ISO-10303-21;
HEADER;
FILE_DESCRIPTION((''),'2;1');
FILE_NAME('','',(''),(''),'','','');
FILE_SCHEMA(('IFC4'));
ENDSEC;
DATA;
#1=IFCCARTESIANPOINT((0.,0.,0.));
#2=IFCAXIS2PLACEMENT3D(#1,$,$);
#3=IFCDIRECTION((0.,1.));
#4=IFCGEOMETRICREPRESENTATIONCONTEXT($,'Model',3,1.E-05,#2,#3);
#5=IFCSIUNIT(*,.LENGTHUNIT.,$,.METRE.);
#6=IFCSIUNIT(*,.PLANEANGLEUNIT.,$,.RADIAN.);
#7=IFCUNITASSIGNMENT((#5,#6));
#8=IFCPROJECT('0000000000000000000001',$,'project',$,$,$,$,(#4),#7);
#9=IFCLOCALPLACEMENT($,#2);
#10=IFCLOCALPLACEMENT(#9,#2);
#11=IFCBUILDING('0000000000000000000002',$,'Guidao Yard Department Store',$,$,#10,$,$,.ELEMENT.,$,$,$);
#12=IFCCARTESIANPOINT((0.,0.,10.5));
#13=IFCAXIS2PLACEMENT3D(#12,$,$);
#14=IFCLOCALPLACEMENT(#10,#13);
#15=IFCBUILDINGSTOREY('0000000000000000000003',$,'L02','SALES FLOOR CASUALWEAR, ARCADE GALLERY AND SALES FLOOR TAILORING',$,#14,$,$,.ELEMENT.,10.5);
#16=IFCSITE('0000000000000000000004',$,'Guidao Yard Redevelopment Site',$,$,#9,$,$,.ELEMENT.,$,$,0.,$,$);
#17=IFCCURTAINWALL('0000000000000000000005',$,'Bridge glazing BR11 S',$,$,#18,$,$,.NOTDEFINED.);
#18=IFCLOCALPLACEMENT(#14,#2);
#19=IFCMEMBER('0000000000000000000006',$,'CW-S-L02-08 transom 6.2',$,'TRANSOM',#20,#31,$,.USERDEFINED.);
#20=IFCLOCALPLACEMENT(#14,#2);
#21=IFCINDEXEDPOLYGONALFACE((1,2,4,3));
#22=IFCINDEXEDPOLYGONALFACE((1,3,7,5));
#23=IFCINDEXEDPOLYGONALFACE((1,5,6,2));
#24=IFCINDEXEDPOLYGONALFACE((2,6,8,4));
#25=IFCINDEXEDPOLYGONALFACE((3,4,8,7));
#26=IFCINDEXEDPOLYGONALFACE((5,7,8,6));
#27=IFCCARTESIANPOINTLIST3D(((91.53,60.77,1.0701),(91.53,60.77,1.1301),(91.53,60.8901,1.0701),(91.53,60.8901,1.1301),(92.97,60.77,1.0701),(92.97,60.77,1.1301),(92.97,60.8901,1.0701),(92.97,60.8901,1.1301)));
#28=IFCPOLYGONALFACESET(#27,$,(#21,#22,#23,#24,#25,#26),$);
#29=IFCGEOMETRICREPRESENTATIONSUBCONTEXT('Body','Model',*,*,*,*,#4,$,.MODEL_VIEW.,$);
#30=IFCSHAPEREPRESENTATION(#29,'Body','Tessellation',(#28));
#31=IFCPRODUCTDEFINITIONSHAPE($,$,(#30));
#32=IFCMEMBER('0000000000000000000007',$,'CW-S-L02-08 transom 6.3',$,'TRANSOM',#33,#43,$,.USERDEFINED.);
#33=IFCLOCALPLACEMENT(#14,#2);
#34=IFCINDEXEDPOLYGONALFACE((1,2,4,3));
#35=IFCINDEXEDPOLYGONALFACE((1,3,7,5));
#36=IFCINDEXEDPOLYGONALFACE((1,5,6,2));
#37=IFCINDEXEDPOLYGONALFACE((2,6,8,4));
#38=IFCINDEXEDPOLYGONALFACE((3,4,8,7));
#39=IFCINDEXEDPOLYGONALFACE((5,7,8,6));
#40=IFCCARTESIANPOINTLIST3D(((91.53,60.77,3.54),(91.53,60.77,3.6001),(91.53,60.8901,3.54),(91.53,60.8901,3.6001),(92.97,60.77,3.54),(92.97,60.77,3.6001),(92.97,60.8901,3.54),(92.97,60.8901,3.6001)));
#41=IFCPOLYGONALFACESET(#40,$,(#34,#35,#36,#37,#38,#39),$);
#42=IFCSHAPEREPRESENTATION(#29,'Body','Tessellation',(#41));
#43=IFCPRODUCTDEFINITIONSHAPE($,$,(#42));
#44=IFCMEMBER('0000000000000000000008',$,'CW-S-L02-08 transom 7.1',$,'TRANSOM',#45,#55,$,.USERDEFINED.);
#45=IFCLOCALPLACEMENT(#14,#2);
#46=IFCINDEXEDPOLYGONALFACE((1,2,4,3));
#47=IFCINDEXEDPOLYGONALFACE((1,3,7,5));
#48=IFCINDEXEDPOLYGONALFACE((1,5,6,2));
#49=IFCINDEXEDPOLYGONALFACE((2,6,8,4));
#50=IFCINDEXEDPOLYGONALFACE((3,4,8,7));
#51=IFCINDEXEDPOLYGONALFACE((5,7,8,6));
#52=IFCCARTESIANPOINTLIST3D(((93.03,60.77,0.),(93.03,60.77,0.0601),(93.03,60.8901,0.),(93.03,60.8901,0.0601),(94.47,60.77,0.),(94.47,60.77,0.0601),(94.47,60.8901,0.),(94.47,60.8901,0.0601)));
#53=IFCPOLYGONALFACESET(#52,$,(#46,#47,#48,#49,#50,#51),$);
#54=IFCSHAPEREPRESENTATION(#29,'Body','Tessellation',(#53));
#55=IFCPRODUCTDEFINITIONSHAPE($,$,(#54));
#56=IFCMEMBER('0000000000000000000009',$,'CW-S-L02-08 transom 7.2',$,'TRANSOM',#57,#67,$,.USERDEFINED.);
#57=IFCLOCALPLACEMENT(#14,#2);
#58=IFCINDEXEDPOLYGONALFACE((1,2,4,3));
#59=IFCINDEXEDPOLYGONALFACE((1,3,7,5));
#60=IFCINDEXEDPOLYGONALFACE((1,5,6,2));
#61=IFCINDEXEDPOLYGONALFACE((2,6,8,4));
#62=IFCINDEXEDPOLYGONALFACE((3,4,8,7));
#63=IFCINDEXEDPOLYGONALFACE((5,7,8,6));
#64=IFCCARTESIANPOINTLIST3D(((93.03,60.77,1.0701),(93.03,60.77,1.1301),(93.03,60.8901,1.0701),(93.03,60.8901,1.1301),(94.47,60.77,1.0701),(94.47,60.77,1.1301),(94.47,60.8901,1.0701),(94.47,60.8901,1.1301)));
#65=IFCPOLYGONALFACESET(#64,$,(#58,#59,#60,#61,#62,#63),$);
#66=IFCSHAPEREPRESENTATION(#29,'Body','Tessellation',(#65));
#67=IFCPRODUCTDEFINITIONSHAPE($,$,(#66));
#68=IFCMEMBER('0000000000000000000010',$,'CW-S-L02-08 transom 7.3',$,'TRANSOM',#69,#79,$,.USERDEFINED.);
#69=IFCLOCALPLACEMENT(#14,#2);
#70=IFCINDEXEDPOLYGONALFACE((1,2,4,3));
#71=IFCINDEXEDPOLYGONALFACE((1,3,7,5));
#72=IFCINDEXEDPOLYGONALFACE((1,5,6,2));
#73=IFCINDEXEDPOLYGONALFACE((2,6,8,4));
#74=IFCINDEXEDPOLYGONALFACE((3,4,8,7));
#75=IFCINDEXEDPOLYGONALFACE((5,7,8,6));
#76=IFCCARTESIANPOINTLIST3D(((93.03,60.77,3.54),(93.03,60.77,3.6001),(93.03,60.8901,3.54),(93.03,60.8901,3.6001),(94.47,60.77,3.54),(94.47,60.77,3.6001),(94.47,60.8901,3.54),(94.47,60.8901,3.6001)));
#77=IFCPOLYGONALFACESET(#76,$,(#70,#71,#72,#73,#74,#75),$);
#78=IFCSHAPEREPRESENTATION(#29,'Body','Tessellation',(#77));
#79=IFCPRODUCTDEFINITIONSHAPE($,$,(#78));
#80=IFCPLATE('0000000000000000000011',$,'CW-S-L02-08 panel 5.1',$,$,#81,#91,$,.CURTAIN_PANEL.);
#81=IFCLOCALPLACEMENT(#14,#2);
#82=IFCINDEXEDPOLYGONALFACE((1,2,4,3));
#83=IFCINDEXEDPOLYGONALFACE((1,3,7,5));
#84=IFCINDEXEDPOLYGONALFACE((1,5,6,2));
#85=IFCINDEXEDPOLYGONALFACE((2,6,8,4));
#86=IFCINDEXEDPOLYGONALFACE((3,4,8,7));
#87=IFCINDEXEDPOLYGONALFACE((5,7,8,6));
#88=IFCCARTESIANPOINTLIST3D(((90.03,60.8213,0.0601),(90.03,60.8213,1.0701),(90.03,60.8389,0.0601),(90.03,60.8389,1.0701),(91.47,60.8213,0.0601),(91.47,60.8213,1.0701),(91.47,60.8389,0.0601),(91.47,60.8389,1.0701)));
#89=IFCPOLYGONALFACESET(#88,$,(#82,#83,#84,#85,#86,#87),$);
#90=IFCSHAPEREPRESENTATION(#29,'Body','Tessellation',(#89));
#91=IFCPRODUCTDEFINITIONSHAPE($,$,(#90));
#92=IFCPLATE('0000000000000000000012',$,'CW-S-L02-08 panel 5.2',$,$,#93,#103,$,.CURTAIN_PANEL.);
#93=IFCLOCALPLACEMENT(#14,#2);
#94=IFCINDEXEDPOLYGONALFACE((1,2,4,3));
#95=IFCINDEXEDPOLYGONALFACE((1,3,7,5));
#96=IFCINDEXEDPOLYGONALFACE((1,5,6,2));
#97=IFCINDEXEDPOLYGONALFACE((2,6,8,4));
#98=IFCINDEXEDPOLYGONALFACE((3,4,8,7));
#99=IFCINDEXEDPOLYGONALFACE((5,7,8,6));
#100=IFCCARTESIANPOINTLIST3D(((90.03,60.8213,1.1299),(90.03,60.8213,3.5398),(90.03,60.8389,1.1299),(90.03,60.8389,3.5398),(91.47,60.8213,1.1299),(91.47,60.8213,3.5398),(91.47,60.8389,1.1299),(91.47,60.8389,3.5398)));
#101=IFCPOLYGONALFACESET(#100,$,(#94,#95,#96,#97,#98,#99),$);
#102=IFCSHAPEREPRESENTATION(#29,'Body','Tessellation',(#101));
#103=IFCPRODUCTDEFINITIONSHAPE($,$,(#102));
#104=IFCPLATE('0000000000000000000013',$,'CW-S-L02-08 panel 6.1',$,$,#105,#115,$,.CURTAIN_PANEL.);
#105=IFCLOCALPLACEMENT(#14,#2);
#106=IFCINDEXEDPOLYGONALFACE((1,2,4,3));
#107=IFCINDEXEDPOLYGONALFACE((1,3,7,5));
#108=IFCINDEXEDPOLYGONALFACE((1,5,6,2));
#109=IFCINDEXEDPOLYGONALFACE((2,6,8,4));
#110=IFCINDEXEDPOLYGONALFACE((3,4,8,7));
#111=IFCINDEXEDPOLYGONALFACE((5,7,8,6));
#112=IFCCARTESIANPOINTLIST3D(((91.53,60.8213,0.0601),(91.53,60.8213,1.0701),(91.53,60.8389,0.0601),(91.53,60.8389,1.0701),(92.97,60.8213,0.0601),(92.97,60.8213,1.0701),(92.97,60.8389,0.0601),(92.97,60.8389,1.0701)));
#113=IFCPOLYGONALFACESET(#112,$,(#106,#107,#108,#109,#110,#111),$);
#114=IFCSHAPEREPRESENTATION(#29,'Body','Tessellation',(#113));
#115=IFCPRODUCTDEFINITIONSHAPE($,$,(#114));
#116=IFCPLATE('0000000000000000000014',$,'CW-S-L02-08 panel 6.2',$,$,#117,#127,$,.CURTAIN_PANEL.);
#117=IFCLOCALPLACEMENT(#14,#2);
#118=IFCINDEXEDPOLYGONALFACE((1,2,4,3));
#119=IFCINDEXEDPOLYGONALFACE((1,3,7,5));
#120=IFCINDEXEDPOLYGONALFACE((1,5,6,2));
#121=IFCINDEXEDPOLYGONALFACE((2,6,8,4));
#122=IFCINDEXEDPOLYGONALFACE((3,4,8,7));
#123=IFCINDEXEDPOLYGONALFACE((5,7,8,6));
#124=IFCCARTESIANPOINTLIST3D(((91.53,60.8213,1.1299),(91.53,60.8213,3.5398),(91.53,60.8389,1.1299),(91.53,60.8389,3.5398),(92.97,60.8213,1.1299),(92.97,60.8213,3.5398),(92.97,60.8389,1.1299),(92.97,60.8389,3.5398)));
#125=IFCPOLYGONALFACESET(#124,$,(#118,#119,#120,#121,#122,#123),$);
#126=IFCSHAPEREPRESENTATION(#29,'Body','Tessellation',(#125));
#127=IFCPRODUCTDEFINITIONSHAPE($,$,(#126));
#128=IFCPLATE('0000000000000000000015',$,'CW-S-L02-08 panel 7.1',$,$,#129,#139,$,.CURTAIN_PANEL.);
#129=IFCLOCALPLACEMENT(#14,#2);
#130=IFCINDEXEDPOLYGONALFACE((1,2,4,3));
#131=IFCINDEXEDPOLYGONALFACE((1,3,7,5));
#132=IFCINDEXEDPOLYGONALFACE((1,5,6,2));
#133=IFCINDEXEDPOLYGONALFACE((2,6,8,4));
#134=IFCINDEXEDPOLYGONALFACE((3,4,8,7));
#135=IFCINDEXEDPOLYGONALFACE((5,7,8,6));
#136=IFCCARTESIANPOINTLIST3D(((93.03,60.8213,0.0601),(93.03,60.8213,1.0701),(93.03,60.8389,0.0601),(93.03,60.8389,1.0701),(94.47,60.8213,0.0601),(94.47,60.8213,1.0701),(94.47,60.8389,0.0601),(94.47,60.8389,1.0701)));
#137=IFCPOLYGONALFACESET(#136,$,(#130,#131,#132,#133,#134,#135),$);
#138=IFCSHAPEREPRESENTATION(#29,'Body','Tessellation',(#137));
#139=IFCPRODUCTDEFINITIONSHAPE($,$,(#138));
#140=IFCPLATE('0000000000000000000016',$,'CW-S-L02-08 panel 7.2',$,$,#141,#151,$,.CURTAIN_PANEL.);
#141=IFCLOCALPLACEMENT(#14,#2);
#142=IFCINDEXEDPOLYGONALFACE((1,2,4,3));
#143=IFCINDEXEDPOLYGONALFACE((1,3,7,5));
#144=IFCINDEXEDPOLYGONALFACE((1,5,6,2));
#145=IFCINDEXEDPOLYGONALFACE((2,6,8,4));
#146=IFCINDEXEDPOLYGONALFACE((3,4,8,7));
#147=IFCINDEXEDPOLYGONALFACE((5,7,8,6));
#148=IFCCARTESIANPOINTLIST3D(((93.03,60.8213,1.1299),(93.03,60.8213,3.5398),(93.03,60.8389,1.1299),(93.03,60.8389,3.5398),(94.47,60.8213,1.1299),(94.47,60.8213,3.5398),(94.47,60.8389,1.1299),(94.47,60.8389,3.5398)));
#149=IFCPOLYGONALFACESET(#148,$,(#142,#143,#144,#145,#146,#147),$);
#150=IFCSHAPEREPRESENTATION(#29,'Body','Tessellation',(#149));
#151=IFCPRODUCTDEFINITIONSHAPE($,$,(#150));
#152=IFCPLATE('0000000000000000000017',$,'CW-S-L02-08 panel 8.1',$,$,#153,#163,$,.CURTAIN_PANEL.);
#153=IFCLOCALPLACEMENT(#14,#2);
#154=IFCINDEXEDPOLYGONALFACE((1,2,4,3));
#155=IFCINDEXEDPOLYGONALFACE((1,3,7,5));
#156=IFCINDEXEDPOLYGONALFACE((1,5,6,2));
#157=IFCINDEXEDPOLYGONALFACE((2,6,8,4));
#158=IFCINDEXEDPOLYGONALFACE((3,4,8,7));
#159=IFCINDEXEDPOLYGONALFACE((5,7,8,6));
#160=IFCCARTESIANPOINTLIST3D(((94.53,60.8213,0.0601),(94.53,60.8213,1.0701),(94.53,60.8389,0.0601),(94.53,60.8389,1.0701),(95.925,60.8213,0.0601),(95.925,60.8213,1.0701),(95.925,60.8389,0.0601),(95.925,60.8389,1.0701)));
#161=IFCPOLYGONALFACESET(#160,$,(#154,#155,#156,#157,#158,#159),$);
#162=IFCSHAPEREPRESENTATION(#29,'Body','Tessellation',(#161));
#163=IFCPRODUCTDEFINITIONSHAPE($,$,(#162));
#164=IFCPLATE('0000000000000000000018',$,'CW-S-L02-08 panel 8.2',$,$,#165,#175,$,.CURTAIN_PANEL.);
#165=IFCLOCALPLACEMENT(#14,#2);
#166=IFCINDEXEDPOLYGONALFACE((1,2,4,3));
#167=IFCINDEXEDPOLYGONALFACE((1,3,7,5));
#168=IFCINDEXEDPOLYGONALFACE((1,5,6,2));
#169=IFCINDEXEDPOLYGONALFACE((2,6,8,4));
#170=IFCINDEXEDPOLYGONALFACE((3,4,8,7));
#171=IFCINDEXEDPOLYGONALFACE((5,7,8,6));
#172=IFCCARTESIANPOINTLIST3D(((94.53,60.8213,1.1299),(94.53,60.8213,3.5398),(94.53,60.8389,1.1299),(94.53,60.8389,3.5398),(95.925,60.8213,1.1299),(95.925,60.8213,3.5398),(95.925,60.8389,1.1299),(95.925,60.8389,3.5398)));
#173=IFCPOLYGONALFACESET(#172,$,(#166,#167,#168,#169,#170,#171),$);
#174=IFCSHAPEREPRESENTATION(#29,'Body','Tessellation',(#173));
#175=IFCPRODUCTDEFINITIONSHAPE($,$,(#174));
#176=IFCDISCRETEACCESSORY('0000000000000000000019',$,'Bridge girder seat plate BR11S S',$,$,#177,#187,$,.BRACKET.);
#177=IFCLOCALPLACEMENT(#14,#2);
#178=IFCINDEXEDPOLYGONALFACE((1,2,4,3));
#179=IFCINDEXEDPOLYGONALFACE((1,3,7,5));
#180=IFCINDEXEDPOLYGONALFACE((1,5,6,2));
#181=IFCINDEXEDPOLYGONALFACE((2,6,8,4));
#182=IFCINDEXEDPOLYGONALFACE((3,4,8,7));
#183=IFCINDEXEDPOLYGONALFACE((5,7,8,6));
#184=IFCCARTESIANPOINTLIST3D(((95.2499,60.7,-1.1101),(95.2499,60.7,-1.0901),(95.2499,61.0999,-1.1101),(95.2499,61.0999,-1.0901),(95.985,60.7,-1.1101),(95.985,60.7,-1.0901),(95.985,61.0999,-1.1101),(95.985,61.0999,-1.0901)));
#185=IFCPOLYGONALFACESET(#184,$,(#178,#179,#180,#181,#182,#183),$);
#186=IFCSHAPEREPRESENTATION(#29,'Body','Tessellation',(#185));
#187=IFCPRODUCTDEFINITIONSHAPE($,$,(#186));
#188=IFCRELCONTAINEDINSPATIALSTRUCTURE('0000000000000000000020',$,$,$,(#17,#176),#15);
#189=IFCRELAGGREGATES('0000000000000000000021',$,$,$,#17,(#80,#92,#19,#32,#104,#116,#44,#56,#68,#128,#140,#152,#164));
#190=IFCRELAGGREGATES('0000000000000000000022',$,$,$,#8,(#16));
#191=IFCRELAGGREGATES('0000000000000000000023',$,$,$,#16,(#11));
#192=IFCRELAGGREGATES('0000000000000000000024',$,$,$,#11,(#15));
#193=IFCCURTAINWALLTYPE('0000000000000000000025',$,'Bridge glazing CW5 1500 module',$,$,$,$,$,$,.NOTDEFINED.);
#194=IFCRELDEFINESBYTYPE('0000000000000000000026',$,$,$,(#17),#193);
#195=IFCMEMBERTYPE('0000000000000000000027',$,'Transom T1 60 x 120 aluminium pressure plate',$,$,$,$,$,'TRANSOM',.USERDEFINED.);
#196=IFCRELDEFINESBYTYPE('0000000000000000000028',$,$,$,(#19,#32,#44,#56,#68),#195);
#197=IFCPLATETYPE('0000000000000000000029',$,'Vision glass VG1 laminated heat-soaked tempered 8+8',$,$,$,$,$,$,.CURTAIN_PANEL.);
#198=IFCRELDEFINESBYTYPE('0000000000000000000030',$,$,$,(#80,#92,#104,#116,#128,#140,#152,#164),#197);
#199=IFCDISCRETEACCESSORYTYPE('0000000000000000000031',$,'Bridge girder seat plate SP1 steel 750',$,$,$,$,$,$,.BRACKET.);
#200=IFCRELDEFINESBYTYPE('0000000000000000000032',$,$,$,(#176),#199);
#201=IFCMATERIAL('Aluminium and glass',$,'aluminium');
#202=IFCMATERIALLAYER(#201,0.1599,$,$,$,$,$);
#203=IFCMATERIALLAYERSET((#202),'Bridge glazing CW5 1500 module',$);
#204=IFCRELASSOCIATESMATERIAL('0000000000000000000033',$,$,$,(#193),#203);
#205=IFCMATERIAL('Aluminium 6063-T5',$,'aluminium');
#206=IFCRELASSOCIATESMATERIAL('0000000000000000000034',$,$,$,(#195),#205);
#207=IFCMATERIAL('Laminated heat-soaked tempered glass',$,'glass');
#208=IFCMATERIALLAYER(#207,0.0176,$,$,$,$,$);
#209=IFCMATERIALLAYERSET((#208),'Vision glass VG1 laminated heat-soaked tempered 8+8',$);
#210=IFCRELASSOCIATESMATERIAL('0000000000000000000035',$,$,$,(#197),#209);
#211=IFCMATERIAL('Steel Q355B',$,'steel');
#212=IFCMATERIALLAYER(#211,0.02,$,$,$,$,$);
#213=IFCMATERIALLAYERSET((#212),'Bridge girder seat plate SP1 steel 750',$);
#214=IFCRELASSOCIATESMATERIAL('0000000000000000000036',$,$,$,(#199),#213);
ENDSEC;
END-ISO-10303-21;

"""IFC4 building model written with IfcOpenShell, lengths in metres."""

from ifc_helpers import new_model, si_unit, direction, frame, origin, origin_2d, place, context, subcontext, project, spatial, rectangle, extrude, material, layer, layer_set, material_profile, profile_set, type_object, element, aggregate, save


model = new_model("IFC4")

# Units and contexts
model_context = context("Model", 3, precision=1e-05, world=origin(), true_north=direction((0.0, 1.0)))
body_context = subcontext(model_context, "Body", "Model", "MODEL_VIEW")
ifc_project = project(units=[si_unit("LENGTHUNIT", "METRE"), si_unit("PLANEANGLEUNIT", "RADIAN")], contexts=[model_context])

# Site, building, storey
site_placement = place(None, origin())
site = spatial("IfcSite", under=ifc_project, at=site_placement, Name="Guidao Yard Redevelopment Site", CompositionType="ELEMENT", RefElevation=0.0)
building_placement = place(site_placement, origin())
building = spatial("IfcBuilding", under=site, at=building_placement, Name="Guidao Yard Department Store", CompositionType="ELEMENT")
storey_placement = place(building_placement, frame((0.0, 0.0, 10.5)))
storey = spatial("IfcBuildingStorey", under=building, at=storey_placement, Name="L02", Description="SALES FLOOR CASUALWEAR, ARCADE GALLERY AND SALES FLOOR TAILORING", CompositionType="ELEMENT", Elevation=10.5)

# Curtain wall
ifc_material_1 = material(Name="Aluminium and glass", Category="aluminium")
ifc_layer_1 = layer(ifc_material_1, 0.1599)
ifc_layer_set_1 = layer_set([ifc_layer_1], Name="Bridge glazing CW5 1500 module")
curtain_wall_type = type_object("IfcCurtainWallType", Name="Bridge glazing CW5 1500 module", PredefinedType="NOTDEFINED", material=ifc_layer_set_1)
curtain_wall_1_placement = place(storey_placement, origin())
curtain_wall_1 = element("IfcCurtainWall", 1, at=curtain_wall_1_placement, inside=storey, type_object=curtain_wall_type, Name="Bridge glazing BR11 S", PredefinedType="NOTDEFINED")

# Members
ifc_material_2 = material(Name="Aluminium 6063-T5", Category="aluminium")
ifc_material_profile_1 = material_profile(ifc_material_2, rectangle(XDim=0.1201, YDim=0.0601, at=origin_2d()), Name="Transom T1 60 x 120 aluminium pressure plate")
ifc_profile_set_1 = profile_set([ifc_material_profile_1], Name="Aluminium 6063-T5")
member_type_1 = type_object("IfcMemberType", Name="Transom T1 60 x 120 aluminium pressure plate", ElementType="TRANSOM", PredefinedType="USERDEFINED", material=ifc_profile_set_1)
member_1_placement = place(storey_placement, frame((92.97, 60.8301, 1.1001), z_axis=(-1.0, 0.0, 0.0), x_axis=(0.0, -1.0, 0.0)))
member_1 = element("IfcMember", 2, at=member_1_placement, type_object=member_type_1, Name="CW-S-L02-08 transom 6.2", ObjectType="TRANSOM", PredefinedType="USERDEFINED", context=body_context, shape_type="SweptSolid", body=[
    extrude(rectangle(XDim=0.1201, YDim=0.0601, at=origin_2d()), origin(), (0.0, 0.0, 1.0), 1.4399),
])
member_2_placement = place(storey_placement, frame((92.97, 60.8301, 3.5701), z_axis=(-1.0, 0.0, 0.0), x_axis=(0.0, -1.0, 0.0)))
member_2 = element("IfcMember", 3, at=member_2_placement, type_object=member_type_1, Name="CW-S-L02-08 transom 6.3", ObjectType="TRANSOM", PredefinedType="USERDEFINED", context=body_context, shape_type="SweptSolid", body=[
    extrude(rectangle(XDim=0.1201, YDim=0.0601, at=origin_2d()), origin(), (0.0, 0.0, 1.0), 1.4399),
])
member_3_placement = place(storey_placement, frame((94.47, 60.8301, 0.03), z_axis=(-1.0, 0.0, 0.0), x_axis=(0.0, -1.0, 0.0)))
member_3 = element("IfcMember", 4, at=member_3_placement, type_object=member_type_1, Name="CW-S-L02-08 transom 7.1", ObjectType="TRANSOM", PredefinedType="USERDEFINED", context=body_context, shape_type="SweptSolid", body=[
    extrude(rectangle(XDim=0.1201, YDim=0.0601, at=origin_2d()), origin(), (0.0, 0.0, 1.0), 1.4399),
])
member_4_placement = place(storey_placement, frame((94.47, 60.8301, 1.1001), z_axis=(-1.0, 0.0, 0.0), x_axis=(0.0, -1.0, 0.0)))
member_4 = element("IfcMember", 5, at=member_4_placement, type_object=member_type_1, Name="CW-S-L02-08 transom 7.2", ObjectType="TRANSOM", PredefinedType="USERDEFINED", context=body_context, shape_type="SweptSolid", body=[
    extrude(rectangle(XDim=0.1201, YDim=0.0601, at=origin_2d()), origin(), (0.0, 0.0, 1.0), 1.4399),
])
member_5_placement = place(storey_placement, frame((94.47, 60.8301, 3.5701), z_axis=(-1.0, 0.0, 0.0), x_axis=(0.0, -1.0, 0.0)))
member_5 = element("IfcMember", 6, at=member_5_placement, type_object=member_type_1, Name="CW-S-L02-08 transom 7.3", ObjectType="TRANSOM", PredefinedType="USERDEFINED", context=body_context, shape_type="SweptSolid", body=[
    extrude(rectangle(XDim=0.1201, YDim=0.0601, at=origin_2d()), origin(), (0.0, 0.0, 1.0), 1.4399),
])

# Plates
ifc_material_3 = material(Name="Laminated heat-soaked tempered glass", Category="glass")
ifc_layer_2 = layer(ifc_material_3, 0.0176)
ifc_layer_set_2 = layer_set([ifc_layer_2], Name="Vision glass VG1 laminated heat-soaked tempered 8+8")
plate_type = type_object("IfcPlateType", Name="Vision glass VG1 laminated heat-soaked tempered 8+8", PredefinedType="CURTAIN_PANEL", material=ifc_layer_set_2)
plate_1_placement = place(storey_placement, frame((90.75, 60.8301, 0.0601), z_axis=(0.0, 0.0, 1.0), x_axis=(-1.0, 0.0, 0.0)))
plate_1 = element("IfcPlate", 7, at=plate_1_placement, type_object=plate_type, Name="CW-S-L02-08 panel 5.1", PredefinedType="CURTAIN_PANEL", context=body_context, shape_type="SweptSolid", body=[
    extrude(rectangle(XDim=1.4399, YDim=0.0176, at=origin_2d()), origin(), (0.0, 0.0, 1.0), 1.01),
])
plate_2_placement = place(storey_placement, frame((90.75, 60.8301, 1.1299), z_axis=(0.0, 0.0, 1.0), x_axis=(-1.0, 0.0, 0.0)))
plate_2 = element("IfcPlate", 8, at=plate_2_placement, type_object=plate_type, Name="CW-S-L02-08 panel 5.2", PredefinedType="CURTAIN_PANEL", context=body_context, shape_type="SweptSolid", body=[
    extrude(rectangle(XDim=1.4399, YDim=0.0176, at=origin_2d()), origin(), (0.0, 0.0, 1.0), 2.4099),
])
plate_3_placement = place(storey_placement, frame((92.25, 60.8301, 0.0601), z_axis=(0.0, 0.0, 1.0), x_axis=(-1.0, 0.0, 0.0)))
plate_3 = element("IfcPlate", 9, at=plate_3_placement, type_object=plate_type, Name="CW-S-L02-08 panel 6.1", PredefinedType="CURTAIN_PANEL", context=body_context, shape_type="SweptSolid", body=[
    extrude(rectangle(XDim=1.4399, YDim=0.0176, at=origin_2d()), origin(), (0.0, 0.0, 1.0), 1.01),
])
plate_4_placement = place(storey_placement, frame((92.25, 60.8301, 1.1299), z_axis=(0.0, 0.0, 1.0), x_axis=(-1.0, 0.0, 0.0)))
plate_4 = element("IfcPlate", 10, at=plate_4_placement, type_object=plate_type, Name="CW-S-L02-08 panel 6.2", PredefinedType="CURTAIN_PANEL", context=body_context, shape_type="SweptSolid", body=[
    extrude(rectangle(XDim=1.4399, YDim=0.0176, at=origin_2d()), origin(), (0.0, 0.0, 1.0), 2.4099),
])
plate_5_placement = place(storey_placement, frame((93.75, 60.8301, 0.0601), z_axis=(0.0, 0.0, 1.0), x_axis=(-1.0, 0.0, 0.0)))
plate_5 = element("IfcPlate", 11, at=plate_5_placement, type_object=plate_type, Name="CW-S-L02-08 panel 7.1", PredefinedType="CURTAIN_PANEL", context=body_context, shape_type="SweptSolid", body=[
    extrude(rectangle(XDim=1.4399, YDim=0.0176, at=origin_2d()), origin(), (0.0, 0.0, 1.0), 1.01),
])
plate_6_placement = place(storey_placement, frame((93.75, 60.8301, 1.1299), z_axis=(0.0, 0.0, 1.0), x_axis=(-1.0, 0.0, 0.0)))
plate_6 = element("IfcPlate", 12, at=plate_6_placement, type_object=plate_type, Name="CW-S-L02-08 panel 7.2", PredefinedType="CURTAIN_PANEL", context=body_context, shape_type="SweptSolid", body=[
    extrude(rectangle(XDim=1.4399, YDim=0.0176, at=origin_2d()), origin(), (0.0, 0.0, 1.0), 2.4099),
])
plate_7_placement = place(storey_placement, frame((95.2275, 60.8301, 0.0601), z_axis=(0.0, 0.0, 1.0), x_axis=(-1.0, 0.0, 0.0)))
plate_7 = element("IfcPlate", 13, at=plate_7_placement, type_object=plate_type, Name="CW-S-L02-08 panel 8.1", PredefinedType="CURTAIN_PANEL", context=body_context, shape_type="SweptSolid", body=[
    extrude(rectangle(XDim=1.395, YDim=0.0176, at=origin_2d()), origin(), (0.0, 0.0, 1.0), 1.01),
])
plate_8_placement = place(storey_placement, frame((95.2275, 60.8301, 1.1299), z_axis=(0.0, 0.0, 1.0), x_axis=(-1.0, 0.0, 0.0)))
plate_8 = element("IfcPlate", 14, at=plate_8_placement, type_object=plate_type, Name="CW-S-L02-08 panel 8.2", PredefinedType="CURTAIN_PANEL", context=body_context, shape_type="SweptSolid", body=[
    extrude(rectangle(XDim=1.395, YDim=0.0176, at=origin_2d()), origin(), (0.0, 0.0, 1.0), 2.4099),
])
aggregate(curtain_wall_1, [plate_1, plate_2, member_1, member_2, plate_3, plate_4, member_3, member_4, member_5, plate_5, plate_6, plate_7, plate_8])

# Discrete accessory
ifc_material_4 = material(Name="Steel Q355B", Category="steel")
ifc_layer_3 = layer(ifc_material_4, 0.02)
ifc_layer_set_3 = layer_set([ifc_layer_3], Name="Bridge girder seat plate SP1 steel 750")
discrete_accessory_type_1 = type_object("IfcDiscreteAccessoryType", Name="Bridge girder seat plate SP1 steel 750", PredefinedType="BRACKET", material=ifc_layer_set_3)
discrete_accessory_1_placement = place(storey_placement, frame((95.6174, 60.8999, -1.1101), z_axis=(0.0, 0.0, 1.0), x_axis=(1.0, 0.0, 0.0)))
element("IfcDiscreteAccessory", 15, at=discrete_accessory_1_placement, inside=storey, type_object=discrete_accessory_type_1, Name="Bridge girder seat plate BR11S S", PredefinedType="BRACKET", context=body_context, shape_type="SweptSolid", body=[
    extrude(rectangle(XDim=0.7351, YDim=0.3999, at=origin_2d()), origin(), (0.0, 0.0, 1.0), 0.02),
])

save(model, "model.ifc")
